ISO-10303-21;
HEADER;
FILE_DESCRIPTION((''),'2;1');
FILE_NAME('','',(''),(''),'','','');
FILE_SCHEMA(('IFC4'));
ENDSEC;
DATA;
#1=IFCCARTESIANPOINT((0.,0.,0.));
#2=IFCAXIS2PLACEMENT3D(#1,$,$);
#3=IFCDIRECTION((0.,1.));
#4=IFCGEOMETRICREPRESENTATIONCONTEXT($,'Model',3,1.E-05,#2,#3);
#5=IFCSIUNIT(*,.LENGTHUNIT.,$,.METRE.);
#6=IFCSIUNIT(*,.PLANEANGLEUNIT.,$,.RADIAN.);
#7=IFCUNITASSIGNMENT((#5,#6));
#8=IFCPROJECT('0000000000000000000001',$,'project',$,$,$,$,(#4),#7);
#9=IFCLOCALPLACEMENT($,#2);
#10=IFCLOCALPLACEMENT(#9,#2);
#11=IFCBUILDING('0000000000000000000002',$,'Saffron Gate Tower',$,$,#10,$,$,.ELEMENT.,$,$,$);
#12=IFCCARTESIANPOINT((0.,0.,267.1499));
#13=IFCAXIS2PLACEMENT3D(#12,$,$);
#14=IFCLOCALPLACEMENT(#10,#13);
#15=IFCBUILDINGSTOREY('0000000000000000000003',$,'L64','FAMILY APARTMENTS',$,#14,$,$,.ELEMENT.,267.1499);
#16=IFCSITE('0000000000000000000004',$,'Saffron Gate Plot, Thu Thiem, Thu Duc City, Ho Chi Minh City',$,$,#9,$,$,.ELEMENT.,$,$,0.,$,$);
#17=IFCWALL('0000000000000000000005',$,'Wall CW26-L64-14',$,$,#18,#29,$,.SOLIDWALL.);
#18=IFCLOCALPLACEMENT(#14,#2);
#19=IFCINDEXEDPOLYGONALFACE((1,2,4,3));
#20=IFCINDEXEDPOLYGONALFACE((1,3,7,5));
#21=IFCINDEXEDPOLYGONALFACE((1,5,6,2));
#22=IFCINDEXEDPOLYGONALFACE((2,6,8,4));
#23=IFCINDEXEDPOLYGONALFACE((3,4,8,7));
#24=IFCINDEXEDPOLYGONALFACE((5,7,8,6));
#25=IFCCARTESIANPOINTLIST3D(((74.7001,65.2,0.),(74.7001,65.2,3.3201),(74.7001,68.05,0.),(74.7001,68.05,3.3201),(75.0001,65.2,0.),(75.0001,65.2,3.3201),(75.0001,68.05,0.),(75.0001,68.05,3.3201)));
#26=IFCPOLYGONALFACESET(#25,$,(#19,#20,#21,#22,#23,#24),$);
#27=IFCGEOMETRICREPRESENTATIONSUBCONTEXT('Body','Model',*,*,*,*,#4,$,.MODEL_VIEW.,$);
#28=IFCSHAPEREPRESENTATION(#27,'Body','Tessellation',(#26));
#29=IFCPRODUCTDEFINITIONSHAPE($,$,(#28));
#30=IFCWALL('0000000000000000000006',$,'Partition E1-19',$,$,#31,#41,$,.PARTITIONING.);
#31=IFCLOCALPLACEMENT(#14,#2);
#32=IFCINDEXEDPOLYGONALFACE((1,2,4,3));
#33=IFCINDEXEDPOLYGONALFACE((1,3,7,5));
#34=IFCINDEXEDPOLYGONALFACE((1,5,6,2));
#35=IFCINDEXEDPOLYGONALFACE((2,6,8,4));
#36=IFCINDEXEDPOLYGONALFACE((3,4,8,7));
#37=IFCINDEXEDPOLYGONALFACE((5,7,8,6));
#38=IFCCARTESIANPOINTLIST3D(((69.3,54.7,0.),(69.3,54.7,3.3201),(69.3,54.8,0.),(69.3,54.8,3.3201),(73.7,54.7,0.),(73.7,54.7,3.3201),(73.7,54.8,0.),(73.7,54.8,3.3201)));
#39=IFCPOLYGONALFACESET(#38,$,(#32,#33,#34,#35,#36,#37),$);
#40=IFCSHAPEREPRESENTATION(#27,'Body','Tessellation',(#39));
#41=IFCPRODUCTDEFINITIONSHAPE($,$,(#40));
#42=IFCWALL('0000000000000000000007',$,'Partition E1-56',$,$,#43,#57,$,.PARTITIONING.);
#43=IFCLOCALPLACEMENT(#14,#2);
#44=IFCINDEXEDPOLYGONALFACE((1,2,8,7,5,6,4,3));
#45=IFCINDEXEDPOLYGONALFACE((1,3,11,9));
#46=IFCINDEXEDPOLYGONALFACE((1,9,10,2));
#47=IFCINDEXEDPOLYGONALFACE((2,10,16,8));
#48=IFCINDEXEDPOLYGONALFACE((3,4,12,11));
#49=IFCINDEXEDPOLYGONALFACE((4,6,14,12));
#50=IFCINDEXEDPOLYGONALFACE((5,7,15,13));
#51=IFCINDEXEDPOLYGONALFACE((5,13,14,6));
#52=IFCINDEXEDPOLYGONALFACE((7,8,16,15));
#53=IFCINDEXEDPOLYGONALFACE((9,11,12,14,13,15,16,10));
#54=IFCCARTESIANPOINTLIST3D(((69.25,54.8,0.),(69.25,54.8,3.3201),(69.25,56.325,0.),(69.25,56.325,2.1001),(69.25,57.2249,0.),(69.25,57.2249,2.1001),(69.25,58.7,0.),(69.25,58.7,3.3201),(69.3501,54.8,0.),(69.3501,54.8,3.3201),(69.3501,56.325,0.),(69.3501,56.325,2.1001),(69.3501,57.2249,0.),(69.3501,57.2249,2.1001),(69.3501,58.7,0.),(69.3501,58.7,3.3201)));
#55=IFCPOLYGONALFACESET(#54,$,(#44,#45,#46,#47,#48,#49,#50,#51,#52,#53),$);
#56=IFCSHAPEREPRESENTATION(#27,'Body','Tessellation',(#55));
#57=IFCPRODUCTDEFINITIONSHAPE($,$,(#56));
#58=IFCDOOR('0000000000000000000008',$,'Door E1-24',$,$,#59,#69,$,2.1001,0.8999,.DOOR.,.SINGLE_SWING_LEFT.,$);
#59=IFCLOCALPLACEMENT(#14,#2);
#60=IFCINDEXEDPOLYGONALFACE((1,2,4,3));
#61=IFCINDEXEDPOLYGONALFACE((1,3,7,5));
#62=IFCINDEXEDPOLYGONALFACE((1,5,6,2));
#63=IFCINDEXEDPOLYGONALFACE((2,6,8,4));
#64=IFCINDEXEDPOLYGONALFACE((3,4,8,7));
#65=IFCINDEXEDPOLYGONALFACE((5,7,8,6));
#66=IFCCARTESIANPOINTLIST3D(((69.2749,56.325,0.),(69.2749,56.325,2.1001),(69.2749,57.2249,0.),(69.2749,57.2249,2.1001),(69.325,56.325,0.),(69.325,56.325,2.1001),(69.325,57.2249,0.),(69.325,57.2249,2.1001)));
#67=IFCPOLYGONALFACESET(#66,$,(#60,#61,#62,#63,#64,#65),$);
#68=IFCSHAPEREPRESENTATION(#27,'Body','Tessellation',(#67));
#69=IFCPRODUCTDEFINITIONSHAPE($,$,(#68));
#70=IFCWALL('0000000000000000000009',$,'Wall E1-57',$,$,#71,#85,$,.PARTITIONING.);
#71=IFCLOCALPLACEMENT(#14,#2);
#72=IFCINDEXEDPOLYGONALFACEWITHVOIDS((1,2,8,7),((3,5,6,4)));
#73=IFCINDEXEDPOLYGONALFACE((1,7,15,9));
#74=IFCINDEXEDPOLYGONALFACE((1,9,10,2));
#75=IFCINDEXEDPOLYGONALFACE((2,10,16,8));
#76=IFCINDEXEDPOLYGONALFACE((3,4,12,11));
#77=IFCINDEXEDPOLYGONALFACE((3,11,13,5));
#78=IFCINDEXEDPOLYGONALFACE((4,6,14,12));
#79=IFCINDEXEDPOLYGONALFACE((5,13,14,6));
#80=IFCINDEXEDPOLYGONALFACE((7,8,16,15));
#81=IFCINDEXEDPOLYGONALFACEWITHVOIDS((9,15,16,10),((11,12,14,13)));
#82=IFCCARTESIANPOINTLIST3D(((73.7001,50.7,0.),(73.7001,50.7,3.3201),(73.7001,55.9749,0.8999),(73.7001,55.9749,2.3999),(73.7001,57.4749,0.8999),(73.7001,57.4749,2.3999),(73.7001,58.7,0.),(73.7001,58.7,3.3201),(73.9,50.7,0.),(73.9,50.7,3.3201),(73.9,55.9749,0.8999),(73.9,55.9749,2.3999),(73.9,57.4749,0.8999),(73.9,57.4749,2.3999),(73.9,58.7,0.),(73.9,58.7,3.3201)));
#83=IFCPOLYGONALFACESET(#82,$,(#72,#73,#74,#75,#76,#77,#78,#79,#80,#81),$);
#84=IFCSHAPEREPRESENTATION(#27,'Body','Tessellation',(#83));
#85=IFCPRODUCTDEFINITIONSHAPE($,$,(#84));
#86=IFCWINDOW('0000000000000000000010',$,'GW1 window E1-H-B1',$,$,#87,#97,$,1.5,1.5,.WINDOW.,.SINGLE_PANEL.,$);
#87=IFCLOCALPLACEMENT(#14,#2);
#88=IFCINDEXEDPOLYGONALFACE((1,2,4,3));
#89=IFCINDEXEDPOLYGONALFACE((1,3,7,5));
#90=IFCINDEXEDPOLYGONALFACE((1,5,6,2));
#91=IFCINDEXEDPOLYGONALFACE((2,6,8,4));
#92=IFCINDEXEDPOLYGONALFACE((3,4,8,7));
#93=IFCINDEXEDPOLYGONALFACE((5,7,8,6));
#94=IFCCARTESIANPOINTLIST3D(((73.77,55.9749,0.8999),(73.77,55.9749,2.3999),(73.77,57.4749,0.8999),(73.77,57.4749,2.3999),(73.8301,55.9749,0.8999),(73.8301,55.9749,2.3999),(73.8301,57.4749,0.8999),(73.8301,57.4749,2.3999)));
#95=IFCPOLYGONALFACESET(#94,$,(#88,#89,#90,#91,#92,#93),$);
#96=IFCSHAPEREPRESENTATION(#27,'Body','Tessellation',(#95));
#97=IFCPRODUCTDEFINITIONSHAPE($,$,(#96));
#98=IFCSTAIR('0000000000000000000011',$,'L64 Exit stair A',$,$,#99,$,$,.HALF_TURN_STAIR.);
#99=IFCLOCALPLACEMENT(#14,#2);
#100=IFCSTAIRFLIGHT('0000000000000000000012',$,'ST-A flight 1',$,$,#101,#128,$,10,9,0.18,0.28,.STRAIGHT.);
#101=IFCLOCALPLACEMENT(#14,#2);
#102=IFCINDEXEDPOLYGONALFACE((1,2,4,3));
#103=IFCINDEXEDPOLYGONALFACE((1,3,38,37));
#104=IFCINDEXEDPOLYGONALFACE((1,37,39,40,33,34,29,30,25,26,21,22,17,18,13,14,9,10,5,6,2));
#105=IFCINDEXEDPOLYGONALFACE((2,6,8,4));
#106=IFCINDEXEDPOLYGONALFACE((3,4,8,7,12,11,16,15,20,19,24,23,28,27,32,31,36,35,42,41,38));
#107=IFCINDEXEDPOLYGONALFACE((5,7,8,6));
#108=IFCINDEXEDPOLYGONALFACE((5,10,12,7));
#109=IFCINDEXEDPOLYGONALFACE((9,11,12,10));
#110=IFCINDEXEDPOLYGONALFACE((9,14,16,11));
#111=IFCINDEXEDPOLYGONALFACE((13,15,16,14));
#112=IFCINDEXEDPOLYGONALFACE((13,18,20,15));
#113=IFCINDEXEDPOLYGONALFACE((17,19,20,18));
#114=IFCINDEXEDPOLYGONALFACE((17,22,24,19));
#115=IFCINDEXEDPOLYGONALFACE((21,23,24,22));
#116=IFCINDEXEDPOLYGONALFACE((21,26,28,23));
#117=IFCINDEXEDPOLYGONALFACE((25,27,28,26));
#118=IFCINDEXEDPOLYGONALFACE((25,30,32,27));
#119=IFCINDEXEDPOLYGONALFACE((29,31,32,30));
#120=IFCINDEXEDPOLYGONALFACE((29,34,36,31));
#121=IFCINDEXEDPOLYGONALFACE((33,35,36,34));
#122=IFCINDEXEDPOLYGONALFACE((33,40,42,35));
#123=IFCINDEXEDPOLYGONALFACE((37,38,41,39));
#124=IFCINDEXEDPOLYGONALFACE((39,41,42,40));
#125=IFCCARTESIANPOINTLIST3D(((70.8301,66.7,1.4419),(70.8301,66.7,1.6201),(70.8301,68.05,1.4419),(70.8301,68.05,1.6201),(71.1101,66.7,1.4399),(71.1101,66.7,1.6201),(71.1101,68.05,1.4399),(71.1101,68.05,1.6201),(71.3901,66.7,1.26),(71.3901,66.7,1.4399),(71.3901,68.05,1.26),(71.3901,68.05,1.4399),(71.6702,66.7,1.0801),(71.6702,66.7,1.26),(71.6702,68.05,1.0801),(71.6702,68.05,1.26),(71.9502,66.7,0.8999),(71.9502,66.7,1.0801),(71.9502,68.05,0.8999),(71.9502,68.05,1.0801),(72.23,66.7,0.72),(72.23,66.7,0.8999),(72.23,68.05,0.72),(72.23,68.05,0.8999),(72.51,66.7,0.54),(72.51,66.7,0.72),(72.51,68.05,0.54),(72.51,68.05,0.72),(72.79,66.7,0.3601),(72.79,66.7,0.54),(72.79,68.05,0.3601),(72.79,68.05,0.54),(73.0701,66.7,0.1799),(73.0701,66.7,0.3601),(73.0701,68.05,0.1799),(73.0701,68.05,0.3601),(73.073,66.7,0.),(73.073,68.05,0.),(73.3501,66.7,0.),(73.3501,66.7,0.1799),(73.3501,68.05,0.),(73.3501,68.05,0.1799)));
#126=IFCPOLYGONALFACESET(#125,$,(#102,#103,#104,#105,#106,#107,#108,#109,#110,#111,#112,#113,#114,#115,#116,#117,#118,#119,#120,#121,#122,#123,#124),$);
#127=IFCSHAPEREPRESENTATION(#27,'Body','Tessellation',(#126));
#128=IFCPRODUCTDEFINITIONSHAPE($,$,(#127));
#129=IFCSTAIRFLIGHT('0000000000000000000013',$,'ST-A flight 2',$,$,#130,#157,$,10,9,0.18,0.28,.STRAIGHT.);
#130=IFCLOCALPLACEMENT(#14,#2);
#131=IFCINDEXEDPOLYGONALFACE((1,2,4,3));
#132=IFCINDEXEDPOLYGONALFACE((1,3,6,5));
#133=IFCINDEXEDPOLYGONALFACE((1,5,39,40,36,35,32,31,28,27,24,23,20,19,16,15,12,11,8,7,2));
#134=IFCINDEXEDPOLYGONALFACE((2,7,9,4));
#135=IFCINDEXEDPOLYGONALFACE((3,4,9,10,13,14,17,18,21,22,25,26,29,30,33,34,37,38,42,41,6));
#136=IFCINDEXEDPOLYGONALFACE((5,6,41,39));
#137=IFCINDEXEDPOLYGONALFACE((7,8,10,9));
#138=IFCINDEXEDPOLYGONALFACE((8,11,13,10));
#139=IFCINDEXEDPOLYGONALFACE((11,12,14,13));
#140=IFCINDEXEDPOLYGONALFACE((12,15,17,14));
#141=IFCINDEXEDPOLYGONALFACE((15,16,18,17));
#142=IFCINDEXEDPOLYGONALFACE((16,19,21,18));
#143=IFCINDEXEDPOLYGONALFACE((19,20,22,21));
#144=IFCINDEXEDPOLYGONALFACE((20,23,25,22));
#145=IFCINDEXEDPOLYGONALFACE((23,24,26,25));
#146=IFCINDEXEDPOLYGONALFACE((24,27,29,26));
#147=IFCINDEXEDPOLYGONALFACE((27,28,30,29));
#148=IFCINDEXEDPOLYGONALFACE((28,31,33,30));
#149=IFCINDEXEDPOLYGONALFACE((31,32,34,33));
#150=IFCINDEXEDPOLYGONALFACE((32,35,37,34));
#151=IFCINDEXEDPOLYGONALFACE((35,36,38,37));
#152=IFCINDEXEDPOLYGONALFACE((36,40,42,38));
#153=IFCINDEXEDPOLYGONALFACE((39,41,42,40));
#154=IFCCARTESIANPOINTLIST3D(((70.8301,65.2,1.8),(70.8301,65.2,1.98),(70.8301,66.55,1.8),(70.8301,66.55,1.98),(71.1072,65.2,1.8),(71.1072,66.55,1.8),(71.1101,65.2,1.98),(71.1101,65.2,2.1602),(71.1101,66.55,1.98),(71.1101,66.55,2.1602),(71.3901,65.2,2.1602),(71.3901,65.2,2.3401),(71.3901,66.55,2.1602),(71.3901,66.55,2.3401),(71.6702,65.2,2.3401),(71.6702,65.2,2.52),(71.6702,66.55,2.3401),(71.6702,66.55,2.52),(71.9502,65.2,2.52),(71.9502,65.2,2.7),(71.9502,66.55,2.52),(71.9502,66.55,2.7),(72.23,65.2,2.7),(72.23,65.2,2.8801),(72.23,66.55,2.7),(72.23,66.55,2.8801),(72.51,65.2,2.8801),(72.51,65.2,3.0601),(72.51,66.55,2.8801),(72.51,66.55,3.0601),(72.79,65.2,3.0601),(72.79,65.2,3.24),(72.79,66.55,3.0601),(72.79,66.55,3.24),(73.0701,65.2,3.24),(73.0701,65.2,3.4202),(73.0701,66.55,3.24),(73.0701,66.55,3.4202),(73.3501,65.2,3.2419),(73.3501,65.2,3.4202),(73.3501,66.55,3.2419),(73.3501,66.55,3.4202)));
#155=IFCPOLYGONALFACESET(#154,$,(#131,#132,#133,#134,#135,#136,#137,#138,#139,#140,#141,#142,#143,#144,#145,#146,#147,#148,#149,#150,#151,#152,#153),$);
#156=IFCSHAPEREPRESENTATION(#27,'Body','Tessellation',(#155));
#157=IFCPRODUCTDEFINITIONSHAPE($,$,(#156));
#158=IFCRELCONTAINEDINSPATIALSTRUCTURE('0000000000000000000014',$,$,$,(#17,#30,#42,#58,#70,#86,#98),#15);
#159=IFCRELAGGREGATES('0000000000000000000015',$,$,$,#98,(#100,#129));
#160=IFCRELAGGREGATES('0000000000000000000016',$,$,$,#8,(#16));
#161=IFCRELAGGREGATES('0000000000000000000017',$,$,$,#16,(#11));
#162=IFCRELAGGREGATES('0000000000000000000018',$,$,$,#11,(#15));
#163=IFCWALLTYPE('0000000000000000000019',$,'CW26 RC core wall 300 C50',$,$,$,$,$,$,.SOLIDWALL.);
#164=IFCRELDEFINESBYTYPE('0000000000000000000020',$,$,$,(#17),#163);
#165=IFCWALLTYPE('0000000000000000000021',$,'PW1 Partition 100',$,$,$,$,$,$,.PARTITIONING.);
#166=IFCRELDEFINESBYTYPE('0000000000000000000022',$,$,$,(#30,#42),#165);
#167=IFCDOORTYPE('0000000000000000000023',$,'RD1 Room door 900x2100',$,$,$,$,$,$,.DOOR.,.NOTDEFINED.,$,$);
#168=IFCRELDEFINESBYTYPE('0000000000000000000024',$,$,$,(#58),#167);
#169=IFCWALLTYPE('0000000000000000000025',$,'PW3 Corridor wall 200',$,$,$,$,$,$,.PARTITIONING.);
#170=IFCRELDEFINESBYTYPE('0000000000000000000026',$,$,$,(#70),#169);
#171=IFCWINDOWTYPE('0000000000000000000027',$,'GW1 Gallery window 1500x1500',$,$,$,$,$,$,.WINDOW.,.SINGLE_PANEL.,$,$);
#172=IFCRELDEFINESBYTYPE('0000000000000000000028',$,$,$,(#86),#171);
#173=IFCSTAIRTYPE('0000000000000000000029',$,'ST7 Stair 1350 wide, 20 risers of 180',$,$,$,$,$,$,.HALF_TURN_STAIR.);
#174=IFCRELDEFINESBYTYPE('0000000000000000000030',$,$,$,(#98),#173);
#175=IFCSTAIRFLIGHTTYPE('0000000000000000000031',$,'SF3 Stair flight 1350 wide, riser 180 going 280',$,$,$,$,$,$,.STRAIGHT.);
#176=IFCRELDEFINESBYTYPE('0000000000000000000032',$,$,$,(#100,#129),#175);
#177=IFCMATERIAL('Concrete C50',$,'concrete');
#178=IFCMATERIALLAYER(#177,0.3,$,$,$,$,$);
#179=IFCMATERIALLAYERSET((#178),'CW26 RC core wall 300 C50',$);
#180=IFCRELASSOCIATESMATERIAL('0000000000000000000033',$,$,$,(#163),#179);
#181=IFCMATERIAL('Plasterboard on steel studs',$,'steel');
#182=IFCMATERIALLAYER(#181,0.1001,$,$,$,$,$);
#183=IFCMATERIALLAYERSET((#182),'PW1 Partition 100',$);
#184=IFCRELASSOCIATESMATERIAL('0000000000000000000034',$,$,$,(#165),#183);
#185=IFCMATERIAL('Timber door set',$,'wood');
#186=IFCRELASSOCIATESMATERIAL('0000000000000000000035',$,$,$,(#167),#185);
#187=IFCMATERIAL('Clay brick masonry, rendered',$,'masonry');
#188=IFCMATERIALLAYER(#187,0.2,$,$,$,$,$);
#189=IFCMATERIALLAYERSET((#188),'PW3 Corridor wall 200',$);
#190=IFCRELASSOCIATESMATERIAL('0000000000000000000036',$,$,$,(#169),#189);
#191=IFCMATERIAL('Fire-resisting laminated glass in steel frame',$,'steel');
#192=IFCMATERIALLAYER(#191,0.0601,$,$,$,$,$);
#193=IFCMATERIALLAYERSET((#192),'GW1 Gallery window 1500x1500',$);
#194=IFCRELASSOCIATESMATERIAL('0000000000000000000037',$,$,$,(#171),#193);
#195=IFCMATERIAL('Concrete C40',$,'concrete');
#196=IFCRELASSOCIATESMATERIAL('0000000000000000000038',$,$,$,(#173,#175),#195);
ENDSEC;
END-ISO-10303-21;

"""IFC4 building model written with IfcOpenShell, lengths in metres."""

from ifc_helpers import new_model, si_unit, direction, frame, frame_2d, origin, place, context, subcontext, project, spatial, polyline, rectangle, outline, extrude, material, layer, layer_set, type_object, element, fill, aggregate, save


model = new_model("IFC4")

# Units and contexts
model_context = context("Model", 3, precision=1e-05, world=origin(), true_north=direction((0.0, 1.0)))
body_context = subcontext(model_context, "Body", "Model", "MODEL_VIEW")
ifc_project = project(units=[si_unit("LENGTHUNIT", "METRE"), si_unit("PLANEANGLEUNIT", "RADIAN")], contexts=[model_context])

# Site, building, storey
site_placement = place(None, origin())
site = spatial("IfcSite", under=ifc_project, at=site_placement, Name="Saffron Gate Plot, Thu Thiem, Thu Duc City, Ho Chi Minh City", CompositionType="ELEMENT", RefElevation=0.0)
building_placement = place(site_placement, origin())
building = spatial("IfcBuilding", under=site, at=building_placement, Name="Saffron Gate Tower", CompositionType="ELEMENT")
storey_placement = place(building_placement, frame((0.0, 0.0, 267.1499)))
storey = spatial("IfcBuildingStorey", under=building, at=storey_placement, Name="L64", Description="FAMILY APARTMENTS", CompositionType="ELEMENT", Elevation=267.1499)

# Shared definitions
ifc_material_1 = material(Name="Concrete C50", Category="concrete")

# Walls
ifc_layer_1 = layer(ifc_material_1, 0.3)
ifc_layer_set_1 = layer_set([ifc_layer_1], Name="CW26 RC core wall 300 C50")
wall_type_1 = type_object("IfcWallType", Name="CW26 RC core wall 300 C50", PredefinedType="SOLIDWALL", material=ifc_layer_set_1)
wall_1_placement = place(storey_placement, frame((74.8501, 65.2, 0.0), z_axis=(0.0, 0.0, 1.0), x_axis=(0.0, 1.0, 0.0)))
element("IfcWall", 1, at=wall_1_placement, inside=storey, type_object=wall_type_1, Name="Wall CW26-L64-14", PredefinedType="SOLIDWALL", context=body_context, shape_type="SweptSolid", body=[
    extrude(rectangle(XDim=2.8501, YDim=0.3, at=frame_2d((1.425, 0.0))), origin(), (0.0, 0.0, 1.0), 3.3201),
])
ifc_material_2 = material(Name="Plasterboard on steel studs", Category="steel")
ifc_layer_2 = layer(ifc_material_2, 0.1001)
ifc_layer_set_2 = layer_set([ifc_layer_2], Name="PW1 Partition 100")
wall_type_2 = type_object("IfcWallType", Name="PW1 Partition 100", PredefinedType="PARTITIONING", material=ifc_layer_set_2)
wall_2_placement = place(storey_placement, frame((69.3, 54.75, 0.0), z_axis=(0.0, 0.0, 1.0), x_axis=(1.0, 0.0, 0.0)))
element("IfcWall", 2, at=wall_2_placement, inside=storey, type_object=wall_type_2, Name="Partition E1-19", PredefinedType="PARTITIONING", context=body_context, shape_type="SweptSolid", body=[
    extrude(rectangle(XDim=4.3999, YDim=0.1001, at=frame_2d((2.2, 0.0))), origin(), (0.0, 0.0, 1.0), 3.3201),
])

# Wall, opening, door
wall_3_placement = place(storey_placement, frame((69.3, 58.7, 0.0), z_axis=(0.0, 0.0, 1.0), x_axis=(0.0, -1.0, 0.0)))
wall_3 = element("IfcWall", 3, at=wall_3_placement, inside=storey, type_object=wall_type_2, Name="Partition E1-56", PredefinedType="PARTITIONING", context=body_context, shape_type="SweptSolid", body=[
    extrude(rectangle(XDim=3.8999, YDim=0.1001, at=frame_2d((1.95, 0.0))), origin(), (0.0, 0.0, 1.0), 3.3201),
])
opening_1_placement = place(wall_3_placement, frame((1.4751, 0.0, 0.0)))
opening_1 = element("IfcOpeningElement", 4, at=opening_1_placement, cuts=wall_3, PredefinedType="OPENING", context=body_context, shape_type="SweptSolid", body=[
    extrude(rectangle(XDim=0.8999, YDim=2.1001, at=frame_2d((0.45, 1.05))), frame((0.0, 0.0601, 0.0), z_axis=(0.0, -1.0, 0.0), x_axis=(1.0, 0.0, 0.0)), (0.0, 0.0, 1.0), 0.1201),
])
ifc_material_3 = material(Name="Timber door set", Category="wood")
door_type_1 = type_object("IfcDoorType", Name="RD1 Room door 900x2100", OperationType="NOTDEFINED", PredefinedType="DOOR", material=ifc_material_3)
door_1_placement = place(opening_1_placement, origin())
door_1 = element("IfcDoor", 5, at=door_1_placement, inside=storey, type_object=door_type_1, Name="Door E1-24", OperationType="SINGLE_SWING_LEFT", OverallHeight=2.1001, OverallWidth=0.8999, PredefinedType="DOOR", context=body_context, shape_type="SweptSolid", body=[
    extrude(rectangle(XDim=0.8999, YDim=2.1001, at=frame_2d((0.45, 1.05))), frame((0.0, 0.0249, 0.0), z_axis=(0.0, -1.0, 0.0), x_axis=(1.0, 0.0, 0.0)), (0.0, 0.0, 1.0), 0.05),
])
fill(opening_1, door_1)

# Wall, opening, window
ifc_material_4 = material(Name="Clay brick masonry, rendered", Category="masonry")
ifc_layer_3 = layer(ifc_material_4, 0.2)
ifc_layer_set_3 = layer_set([ifc_layer_3], Name="PW3 Corridor wall 200")
wall_type_3 = type_object("IfcWallType", Name="PW3 Corridor wall 200", PredefinedType="PARTITIONING", material=ifc_layer_set_3)
wall_4_placement = place(storey_placement, frame((73.8, 58.7, 0.0), z_axis=(0.0, 0.0, 1.0), x_axis=(0.0, -1.0, 0.0)))
wall_4 = element("IfcWall", 6, at=wall_4_placement, inside=storey, type_object=wall_type_3, Name="Wall E1-57", PredefinedType="PARTITIONING", context=body_context, shape_type="SweptSolid", body=[
    extrude(rectangle(XDim=8.0, YDim=0.2, at=frame_2d((4.0, 0.0))), origin(), (0.0, 0.0, 1.0), 3.3201),
])
opening_2_placement = place(wall_4_placement, frame((1.2251, 0.0, 0.8999)))
opening_2 = element("IfcOpeningElement", 7, at=opening_2_placement, cuts=wall_4, PredefinedType="OPENING", context=body_context, shape_type="SweptSolid", body=[
    extrude(rectangle(XDim=1.5, YDim=1.5, at=frame_2d((0.75, 0.75))), frame((0.0, 0.1099, 0.0), z_axis=(0.0, -1.0, 0.0), x_axis=(1.0, 0.0, 0.0)), (0.0, 0.0, 1.0), 0.22),
])
ifc_material_5 = material(Name="Fire-resisting laminated glass in steel frame", Category="steel")
ifc_layer_4 = layer(ifc_material_5, 0.0601)
ifc_layer_set_4 = layer_set([ifc_layer_4], Name="GW1 Gallery window 1500x1500")
window_type = type_object("IfcWindowType", Name="GW1 Gallery window 1500x1500", PartitioningType="SINGLE_PANEL", PredefinedType="WINDOW", material=ifc_layer_set_4)
window_placement = place(opening_2_placement, origin())
window = element("IfcWindow", 8, at=window_placement, inside=storey, type_object=window_type, Name="GW1 window E1-H-B1", OverallHeight=1.5, OverallWidth=1.5, PartitioningType="SINGLE_PANEL", PredefinedType="WINDOW", context=body_context, shape_type="SweptSolid", body=[
    extrude(rectangle(XDim=1.5, YDim=1.5, at=frame_2d((0.75, 0.75))), frame((0.0, 0.03, 0.0), z_axis=(0.0, -1.0, 0.0), x_axis=(1.0, 0.0, 0.0)), (0.0, 0.0, 1.0), 0.0601),
])
fill(opening_2, window)

# Stair, stair flights
ifc_material_6 = material(Name="Concrete C40", Category="concrete")
stair_type = type_object("IfcStairType", Name="ST7 Stair 1350 wide, 20 risers of 180", PredefinedType="HALF_TURN_STAIR", material=ifc_material_6)
stair_placement = place(storey_placement, origin())
stair = element("IfcStair", 9, at=stair_placement, inside=storey, type_object=stair_type, Name="L64 Exit stair A", PredefinedType="HALF_TURN_STAIR")
stair_flight_type = type_object("IfcStairFlightType", Name="SF3 Stair flight 1350 wide, riser 180 going 280", PredefinedType="STRAIGHT", material=ifc_material_6)
stair_flight_1_placement = place(storey_placement, frame((73.3501, 67.375, 0.0), z_axis=(0.0, 0.0, 1.0), x_axis=(-1.0, 0.0, 0.0)))
stair_flight_1 = element("IfcStairFlight", 10, at=stair_flight_1_placement, type_object=stair_flight_type, Name="ST-A flight 1", NumberOfRisers=10, NumberOfTreads=9, PredefinedType="STRAIGHT", RiserHeight=0.18, TreadLength=0.28, context=body_context, shape_type="SweptSolid", body=[
    extrude(outline(polyline([(0.0, 0.0), (0.0, 0.1799), (0.28, 0.1799), (0.28, 0.3601), (0.5601, 0.3601), (0.5601, 0.54), (0.8401, 0.54), (0.8401, 0.72), (1.1201, 0.72), (1.1201, 0.8999), (1.3999, 0.8999), (1.3999, 1.0801), (1.6799, 1.0801), (1.6799, 1.26), (1.96, 1.26), (1.96, 1.4399), (2.24, 1.4399), (2.24, 1.6201), (2.52, 1.6201), (2.52, 1.8), (2.52, 1.4419), (0.2771, 0.0), (0.0, 0.0)])), frame((0.0, 0.675, 0.0), z_axis=(0.0, -1.0, 0.0), x_axis=(1.0, 0.0, 0.0)), (0.0, 0.0, 1.0), 1.3501),
])
stair_flight_2_placement = place(storey_placement, frame((70.8301, 65.875, 1.8), z_axis=(0.0, 0.0, 1.0), x_axis=(1.0, 0.0, 0.0)))
stair_flight_2 = element("IfcStairFlight", 11, at=stair_flight_2_placement, type_object=stair_flight_type, Name="ST-A flight 2", NumberOfRisers=10, NumberOfTreads=9, PredefinedType="STRAIGHT", RiserHeight=0.18, TreadLength=0.28, context=body_context, shape_type="SweptSolid", body=[
    extrude(outline(polyline([(0.0, 0.0), (0.0, 0.1799), (0.28, 0.1799), (0.28, 0.3601), (0.5601, 0.3601), (0.5601, 0.54), (0.8401, 0.54), (0.8401, 0.72), (1.1201, 0.72), (1.1201, 0.8999), (1.3999, 0.8999), (1.3999, 1.0801), (1.6799, 1.0801), (1.6799, 1.26), (1.96, 1.26), (1.96, 1.4399), (2.24, 1.4399), (2.24, 1.6201), (2.52, 1.6201), (2.52, 1.8), (2.52, 1.4419), (0.2771, 0.0), (0.0, 0.0)])), frame((0.0, 0.675, 0.0), z_axis=(0.0, -1.0, 0.0), x_axis=(1.0, 0.0, 0.0)), (0.0, 0.0, 1.0), 1.3501),
])
aggregate(stair, [stair_flight_1, stair_flight_2])

save(model, "model.ifc")
